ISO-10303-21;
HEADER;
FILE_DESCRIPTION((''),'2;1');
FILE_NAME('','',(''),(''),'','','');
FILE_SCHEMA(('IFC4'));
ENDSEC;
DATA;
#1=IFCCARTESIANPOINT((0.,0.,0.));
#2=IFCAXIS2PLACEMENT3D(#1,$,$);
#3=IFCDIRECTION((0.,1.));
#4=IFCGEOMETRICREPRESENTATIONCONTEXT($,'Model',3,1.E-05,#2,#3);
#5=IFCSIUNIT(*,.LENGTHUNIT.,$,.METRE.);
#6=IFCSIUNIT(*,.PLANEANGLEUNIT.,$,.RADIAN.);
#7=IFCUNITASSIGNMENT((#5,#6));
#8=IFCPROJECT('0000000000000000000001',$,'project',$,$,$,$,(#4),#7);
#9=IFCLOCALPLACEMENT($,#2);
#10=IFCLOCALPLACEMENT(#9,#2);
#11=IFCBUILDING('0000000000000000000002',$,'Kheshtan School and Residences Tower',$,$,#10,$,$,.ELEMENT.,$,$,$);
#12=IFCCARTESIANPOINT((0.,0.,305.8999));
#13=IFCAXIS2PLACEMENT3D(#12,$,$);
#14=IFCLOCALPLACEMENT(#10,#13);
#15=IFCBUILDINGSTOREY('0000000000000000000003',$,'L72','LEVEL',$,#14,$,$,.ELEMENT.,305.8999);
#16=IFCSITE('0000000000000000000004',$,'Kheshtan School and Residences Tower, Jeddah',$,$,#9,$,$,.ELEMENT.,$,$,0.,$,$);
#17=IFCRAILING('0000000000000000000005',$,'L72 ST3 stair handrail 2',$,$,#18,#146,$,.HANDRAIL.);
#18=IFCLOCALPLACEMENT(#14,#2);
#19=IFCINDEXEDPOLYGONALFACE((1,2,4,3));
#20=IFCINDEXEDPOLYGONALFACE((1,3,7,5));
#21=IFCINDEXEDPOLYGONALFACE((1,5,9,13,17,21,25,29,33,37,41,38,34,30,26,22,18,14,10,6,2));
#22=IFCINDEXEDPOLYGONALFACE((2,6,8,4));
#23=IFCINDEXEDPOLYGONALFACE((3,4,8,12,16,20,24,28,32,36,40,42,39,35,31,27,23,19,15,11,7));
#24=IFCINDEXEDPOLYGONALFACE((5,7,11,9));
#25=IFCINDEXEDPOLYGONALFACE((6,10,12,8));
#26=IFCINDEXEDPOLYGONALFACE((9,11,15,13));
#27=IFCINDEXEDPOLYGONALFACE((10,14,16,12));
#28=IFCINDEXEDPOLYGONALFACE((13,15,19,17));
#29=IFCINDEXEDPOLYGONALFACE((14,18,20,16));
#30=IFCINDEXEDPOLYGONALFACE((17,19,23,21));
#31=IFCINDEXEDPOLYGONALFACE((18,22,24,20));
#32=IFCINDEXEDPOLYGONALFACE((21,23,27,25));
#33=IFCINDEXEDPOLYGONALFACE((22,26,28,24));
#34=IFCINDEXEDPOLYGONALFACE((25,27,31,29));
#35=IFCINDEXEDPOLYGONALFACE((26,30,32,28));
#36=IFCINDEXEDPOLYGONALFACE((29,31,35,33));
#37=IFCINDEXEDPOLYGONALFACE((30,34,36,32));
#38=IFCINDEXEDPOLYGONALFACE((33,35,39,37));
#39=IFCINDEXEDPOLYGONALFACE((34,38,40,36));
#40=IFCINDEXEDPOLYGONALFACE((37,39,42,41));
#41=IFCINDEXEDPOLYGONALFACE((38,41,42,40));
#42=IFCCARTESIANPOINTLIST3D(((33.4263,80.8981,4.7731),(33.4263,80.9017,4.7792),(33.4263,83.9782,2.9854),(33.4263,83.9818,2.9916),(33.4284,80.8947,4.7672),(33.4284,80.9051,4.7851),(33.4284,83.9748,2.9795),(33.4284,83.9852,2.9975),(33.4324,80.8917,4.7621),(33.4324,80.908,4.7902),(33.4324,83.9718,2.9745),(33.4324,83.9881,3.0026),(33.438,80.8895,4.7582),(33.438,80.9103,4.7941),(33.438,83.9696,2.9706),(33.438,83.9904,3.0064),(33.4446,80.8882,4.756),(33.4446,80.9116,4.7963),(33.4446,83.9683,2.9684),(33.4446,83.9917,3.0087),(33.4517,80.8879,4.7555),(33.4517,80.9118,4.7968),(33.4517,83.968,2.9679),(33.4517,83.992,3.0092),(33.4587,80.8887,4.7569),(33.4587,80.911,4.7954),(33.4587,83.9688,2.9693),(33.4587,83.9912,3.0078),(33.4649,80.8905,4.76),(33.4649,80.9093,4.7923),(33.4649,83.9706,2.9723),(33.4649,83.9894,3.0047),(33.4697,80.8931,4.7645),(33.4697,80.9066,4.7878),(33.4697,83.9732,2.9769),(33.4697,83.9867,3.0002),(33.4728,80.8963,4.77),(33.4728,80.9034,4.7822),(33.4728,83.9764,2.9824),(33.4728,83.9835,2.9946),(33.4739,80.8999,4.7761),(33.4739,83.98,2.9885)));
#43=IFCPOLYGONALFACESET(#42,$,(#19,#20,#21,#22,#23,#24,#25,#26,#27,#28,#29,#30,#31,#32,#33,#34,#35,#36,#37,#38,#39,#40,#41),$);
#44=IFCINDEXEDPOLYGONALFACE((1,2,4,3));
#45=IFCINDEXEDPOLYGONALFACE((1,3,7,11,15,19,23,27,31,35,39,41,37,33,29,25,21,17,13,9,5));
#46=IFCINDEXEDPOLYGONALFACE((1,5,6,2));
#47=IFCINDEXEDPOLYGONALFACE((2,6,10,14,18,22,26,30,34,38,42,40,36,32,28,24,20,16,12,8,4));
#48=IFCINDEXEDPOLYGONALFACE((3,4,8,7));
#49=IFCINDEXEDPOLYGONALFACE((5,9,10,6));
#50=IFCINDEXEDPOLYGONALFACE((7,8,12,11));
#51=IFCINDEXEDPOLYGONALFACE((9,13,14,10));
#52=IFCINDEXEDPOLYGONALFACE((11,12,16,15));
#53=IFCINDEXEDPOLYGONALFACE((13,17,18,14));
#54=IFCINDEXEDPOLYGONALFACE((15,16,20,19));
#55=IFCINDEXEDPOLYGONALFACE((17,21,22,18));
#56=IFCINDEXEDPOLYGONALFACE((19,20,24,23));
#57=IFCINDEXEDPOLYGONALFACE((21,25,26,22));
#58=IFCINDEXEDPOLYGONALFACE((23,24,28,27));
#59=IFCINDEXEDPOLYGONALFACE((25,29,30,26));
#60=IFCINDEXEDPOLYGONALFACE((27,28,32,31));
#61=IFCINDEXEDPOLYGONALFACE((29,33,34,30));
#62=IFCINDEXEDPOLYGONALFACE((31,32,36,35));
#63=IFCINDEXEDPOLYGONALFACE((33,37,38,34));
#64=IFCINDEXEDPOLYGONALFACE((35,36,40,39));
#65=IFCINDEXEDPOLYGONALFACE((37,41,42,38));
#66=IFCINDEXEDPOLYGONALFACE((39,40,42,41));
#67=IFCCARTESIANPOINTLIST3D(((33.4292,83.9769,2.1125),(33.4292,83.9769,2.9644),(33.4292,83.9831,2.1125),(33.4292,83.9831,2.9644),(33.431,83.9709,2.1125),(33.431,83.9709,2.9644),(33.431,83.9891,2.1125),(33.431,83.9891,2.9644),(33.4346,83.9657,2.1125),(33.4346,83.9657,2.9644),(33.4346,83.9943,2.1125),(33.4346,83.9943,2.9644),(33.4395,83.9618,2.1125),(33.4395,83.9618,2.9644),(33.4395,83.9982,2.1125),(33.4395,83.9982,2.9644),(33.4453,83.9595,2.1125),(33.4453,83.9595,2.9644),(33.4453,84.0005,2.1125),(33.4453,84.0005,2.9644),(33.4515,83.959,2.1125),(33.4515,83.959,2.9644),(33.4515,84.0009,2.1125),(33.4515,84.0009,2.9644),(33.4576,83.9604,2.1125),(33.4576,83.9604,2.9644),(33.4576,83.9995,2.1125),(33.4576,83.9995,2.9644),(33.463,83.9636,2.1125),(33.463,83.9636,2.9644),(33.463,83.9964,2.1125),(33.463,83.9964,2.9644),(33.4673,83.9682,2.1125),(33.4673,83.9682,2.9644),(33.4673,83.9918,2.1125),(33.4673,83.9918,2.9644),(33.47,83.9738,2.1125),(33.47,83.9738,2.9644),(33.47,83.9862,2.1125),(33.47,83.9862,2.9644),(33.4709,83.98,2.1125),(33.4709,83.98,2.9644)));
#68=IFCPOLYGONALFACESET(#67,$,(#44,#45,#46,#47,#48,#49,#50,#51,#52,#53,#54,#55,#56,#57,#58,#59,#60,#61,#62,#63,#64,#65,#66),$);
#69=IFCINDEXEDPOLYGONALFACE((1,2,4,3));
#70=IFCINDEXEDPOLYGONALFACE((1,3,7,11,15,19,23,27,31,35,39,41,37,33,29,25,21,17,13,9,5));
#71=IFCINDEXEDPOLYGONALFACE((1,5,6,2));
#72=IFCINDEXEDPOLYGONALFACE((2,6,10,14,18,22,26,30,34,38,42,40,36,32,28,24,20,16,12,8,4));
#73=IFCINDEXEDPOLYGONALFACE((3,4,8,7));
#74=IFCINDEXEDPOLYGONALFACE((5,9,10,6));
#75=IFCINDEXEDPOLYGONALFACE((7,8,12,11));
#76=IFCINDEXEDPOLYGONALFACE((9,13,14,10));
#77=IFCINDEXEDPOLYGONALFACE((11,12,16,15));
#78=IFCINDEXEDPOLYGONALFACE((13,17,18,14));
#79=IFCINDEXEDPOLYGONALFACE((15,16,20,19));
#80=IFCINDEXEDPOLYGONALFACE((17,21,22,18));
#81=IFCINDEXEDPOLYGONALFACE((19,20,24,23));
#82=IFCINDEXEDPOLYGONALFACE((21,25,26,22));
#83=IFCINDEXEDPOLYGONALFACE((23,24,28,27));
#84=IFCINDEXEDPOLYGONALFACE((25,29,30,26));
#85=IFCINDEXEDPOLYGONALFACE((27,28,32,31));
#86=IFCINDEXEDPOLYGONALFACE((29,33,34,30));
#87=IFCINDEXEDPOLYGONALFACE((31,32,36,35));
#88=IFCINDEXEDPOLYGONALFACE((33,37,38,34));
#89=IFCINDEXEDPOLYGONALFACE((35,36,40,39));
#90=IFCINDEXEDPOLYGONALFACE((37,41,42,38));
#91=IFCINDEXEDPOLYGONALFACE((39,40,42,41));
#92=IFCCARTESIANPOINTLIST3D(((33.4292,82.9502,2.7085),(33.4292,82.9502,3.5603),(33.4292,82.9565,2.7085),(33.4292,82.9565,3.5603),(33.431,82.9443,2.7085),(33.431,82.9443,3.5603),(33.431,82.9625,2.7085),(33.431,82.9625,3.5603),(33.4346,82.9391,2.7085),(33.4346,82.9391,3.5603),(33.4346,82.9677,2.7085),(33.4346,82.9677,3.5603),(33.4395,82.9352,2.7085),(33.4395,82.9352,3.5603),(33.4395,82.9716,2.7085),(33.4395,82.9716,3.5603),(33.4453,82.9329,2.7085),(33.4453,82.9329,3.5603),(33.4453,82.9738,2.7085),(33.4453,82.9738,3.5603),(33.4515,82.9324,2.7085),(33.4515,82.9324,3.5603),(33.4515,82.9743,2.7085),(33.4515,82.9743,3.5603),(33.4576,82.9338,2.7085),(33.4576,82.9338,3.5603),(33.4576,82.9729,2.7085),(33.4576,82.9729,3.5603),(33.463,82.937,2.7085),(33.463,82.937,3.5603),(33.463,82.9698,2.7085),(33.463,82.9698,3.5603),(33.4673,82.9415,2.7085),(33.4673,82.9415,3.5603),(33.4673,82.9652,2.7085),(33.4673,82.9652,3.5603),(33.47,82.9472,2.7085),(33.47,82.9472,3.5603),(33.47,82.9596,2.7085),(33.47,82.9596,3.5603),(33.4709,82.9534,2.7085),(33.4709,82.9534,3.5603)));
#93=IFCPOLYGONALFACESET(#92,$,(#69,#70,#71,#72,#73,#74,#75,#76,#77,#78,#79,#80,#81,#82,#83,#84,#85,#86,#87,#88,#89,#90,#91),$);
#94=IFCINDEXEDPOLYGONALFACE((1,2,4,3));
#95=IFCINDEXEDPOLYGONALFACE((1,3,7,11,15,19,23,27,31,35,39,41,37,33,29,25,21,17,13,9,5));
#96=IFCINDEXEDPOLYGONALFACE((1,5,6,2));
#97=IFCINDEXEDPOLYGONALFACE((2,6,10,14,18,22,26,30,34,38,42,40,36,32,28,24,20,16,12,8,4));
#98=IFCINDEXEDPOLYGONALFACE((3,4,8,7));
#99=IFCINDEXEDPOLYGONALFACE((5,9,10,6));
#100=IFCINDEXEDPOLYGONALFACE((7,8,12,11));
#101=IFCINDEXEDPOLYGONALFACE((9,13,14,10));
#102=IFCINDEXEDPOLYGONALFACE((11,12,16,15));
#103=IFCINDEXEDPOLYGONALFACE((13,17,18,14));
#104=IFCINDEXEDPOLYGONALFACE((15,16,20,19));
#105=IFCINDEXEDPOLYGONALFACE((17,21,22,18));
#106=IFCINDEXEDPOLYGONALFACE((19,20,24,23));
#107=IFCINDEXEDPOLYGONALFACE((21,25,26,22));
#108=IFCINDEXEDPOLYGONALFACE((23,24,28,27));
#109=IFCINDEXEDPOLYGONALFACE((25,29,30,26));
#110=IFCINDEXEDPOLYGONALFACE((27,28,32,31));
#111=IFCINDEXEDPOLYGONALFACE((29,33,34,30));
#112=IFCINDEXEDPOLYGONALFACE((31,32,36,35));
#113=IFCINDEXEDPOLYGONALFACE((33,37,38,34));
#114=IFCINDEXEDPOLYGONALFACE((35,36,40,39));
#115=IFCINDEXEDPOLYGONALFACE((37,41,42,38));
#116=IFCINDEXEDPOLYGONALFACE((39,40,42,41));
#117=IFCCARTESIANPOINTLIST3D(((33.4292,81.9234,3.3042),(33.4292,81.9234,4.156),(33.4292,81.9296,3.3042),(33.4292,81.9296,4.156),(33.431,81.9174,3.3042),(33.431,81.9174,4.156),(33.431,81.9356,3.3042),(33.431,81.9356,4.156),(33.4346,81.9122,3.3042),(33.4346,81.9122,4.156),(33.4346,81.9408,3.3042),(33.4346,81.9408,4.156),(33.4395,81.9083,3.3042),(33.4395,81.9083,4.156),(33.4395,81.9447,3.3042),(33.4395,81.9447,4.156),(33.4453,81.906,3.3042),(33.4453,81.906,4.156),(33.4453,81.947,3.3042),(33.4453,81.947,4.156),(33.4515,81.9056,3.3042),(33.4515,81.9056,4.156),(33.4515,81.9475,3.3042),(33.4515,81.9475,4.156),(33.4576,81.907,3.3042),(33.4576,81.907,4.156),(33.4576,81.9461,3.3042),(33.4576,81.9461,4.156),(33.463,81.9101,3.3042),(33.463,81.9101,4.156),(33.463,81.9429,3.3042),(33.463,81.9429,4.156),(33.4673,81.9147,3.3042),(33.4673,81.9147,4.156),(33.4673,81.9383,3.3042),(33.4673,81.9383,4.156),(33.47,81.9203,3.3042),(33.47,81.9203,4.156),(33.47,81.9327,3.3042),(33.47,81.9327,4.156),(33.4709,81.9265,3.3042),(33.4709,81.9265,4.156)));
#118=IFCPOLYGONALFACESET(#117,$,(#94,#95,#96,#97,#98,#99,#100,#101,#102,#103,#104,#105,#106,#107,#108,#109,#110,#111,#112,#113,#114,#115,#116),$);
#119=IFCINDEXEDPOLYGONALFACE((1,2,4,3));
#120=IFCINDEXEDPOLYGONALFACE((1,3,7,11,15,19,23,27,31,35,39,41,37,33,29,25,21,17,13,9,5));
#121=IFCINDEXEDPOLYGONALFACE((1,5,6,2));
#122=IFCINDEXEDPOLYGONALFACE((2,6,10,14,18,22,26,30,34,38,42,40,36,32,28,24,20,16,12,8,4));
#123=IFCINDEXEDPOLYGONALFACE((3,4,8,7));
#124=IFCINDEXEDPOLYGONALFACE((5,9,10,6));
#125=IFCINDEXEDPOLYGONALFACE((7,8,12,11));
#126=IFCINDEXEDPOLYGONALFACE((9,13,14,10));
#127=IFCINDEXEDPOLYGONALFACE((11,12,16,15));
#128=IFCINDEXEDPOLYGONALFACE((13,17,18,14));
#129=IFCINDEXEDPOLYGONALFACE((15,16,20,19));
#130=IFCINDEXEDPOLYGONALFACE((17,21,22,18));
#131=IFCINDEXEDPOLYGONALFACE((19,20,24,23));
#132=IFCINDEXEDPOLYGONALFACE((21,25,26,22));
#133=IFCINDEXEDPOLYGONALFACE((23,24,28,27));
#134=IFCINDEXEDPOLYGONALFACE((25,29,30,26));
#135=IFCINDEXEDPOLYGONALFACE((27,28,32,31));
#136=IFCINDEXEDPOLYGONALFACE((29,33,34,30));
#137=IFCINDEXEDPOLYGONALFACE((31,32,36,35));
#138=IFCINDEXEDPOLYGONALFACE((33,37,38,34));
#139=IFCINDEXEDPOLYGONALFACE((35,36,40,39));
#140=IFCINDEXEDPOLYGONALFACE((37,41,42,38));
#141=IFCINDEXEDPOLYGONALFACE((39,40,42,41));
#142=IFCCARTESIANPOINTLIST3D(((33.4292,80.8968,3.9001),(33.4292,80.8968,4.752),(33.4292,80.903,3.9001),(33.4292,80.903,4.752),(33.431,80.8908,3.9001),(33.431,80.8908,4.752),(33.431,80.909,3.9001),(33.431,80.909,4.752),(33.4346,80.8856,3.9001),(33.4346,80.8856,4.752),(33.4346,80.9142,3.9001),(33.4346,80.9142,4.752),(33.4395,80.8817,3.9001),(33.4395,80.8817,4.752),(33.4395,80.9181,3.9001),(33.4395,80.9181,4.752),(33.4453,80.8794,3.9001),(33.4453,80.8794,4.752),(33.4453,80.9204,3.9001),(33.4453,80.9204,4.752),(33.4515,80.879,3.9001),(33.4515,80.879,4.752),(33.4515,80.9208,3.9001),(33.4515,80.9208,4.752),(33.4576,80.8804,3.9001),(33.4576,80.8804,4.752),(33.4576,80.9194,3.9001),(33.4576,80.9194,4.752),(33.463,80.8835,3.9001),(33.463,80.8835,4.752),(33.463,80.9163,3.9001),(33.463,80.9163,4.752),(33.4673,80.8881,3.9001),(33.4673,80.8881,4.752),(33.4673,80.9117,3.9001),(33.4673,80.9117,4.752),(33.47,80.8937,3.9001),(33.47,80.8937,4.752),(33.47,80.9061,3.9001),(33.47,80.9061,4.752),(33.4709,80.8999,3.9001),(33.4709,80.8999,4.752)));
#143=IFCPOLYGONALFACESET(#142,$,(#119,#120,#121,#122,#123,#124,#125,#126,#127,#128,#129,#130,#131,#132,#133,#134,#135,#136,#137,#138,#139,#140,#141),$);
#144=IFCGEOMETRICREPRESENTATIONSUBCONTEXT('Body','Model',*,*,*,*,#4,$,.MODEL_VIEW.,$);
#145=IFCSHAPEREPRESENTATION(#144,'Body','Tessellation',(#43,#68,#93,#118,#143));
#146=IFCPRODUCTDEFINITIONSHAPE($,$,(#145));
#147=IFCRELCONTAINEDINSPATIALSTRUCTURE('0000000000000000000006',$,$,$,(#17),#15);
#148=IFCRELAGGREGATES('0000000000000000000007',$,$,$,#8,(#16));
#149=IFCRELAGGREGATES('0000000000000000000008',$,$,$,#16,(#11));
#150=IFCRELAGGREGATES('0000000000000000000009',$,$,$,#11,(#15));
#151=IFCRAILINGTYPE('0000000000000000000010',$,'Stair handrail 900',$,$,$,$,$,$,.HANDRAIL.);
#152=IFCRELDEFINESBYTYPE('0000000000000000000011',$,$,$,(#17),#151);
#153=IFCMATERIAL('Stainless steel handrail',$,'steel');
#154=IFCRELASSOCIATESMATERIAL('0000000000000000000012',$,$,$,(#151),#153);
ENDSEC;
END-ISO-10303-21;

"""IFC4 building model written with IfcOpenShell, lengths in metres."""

from ifc_helpers import new_model, si_unit, direction, frame, origin, origin_2d, place, context, subcontext, project, spatial, circle, extrude, material, type_object, element, save


model = new_model("IFC4")

# Units and contexts
model_context = context("Model", 3, precision=1e-05, world=origin(), true_north=direction((0.0, 1.0)))
body_context = subcontext(model_context, "Body", "Model", "MODEL_VIEW")
ifc_project = project(units=[si_unit("LENGTHUNIT", "METRE"), si_unit("PLANEANGLEUNIT", "RADIAN")], contexts=[model_context])

# Site, building, storey
site_placement = place(None, origin())
site = spatial("IfcSite", under=ifc_project, at=site_placement, Name="Kheshtan School and Residences Tower, Jeddah", CompositionType="ELEMENT", RefElevation=0.0)
building_placement = place(site_placement, origin())
building = spatial("IfcBuilding", under=site, at=building_placement, Name="Kheshtan School and Residences Tower", CompositionType="ELEMENT")
storey_placement = place(building_placement, frame((0.0, 0.0, 305.8999)))
storey = spatial("IfcBuildingStorey", under=building, at=storey_placement, Name="L72", Description="LEVEL", CompositionType="ELEMENT", Elevation=305.8999)

# Railing
ifc_material_1 = material(Name="Stainless steel handrail", Category="steel")
railing_type_1 = type_object("IfcRailingType", Name="Stair handrail 900", PredefinedType="HANDRAIL", material=ifc_material_1)
railing_1_placement = place(storey_placement, frame((33.45, 83.98, 2.1125)))
element("IfcRailing", 1, at=railing_1_placement, inside=storey, type_object=railing_type_1, Name="L72 ST3 stair handrail 2", PredefinedType="HANDRAIL", context=body_context, shape_type="SweptSolid", body=[
    extrude(circle(Radius=0.0239, at=origin_2d()), frame((0.0, 0.0, 0.876), z_axis=(0.0, -0.864891, 0.50196), x_axis=(1.0, 0.0, 0.0)), (0.0, 0.0, 1.0), 3.5613),
    extrude(circle(Radius=0.021, at=origin_2d()), origin(), (0.0, 0.0, 1.0), 0.8518),
    extrude(circle(Radius=0.021, at=origin_2d()), frame((0.0, -1.0266, 0.5959)), (0.0, 0.0, 1.0), 0.8518),
    extrude(circle(Radius=0.021, at=origin_2d()), frame((0.0, -2.0535, 1.1917)), (0.0, 0.0, 1.0), 0.8518),
    extrude(circle(Radius=0.021, at=origin_2d()), frame((0.0, -3.0801, 1.7876)), (0.0, 0.0, 1.0), 0.8518),
])

save(model, "model.ifc")
